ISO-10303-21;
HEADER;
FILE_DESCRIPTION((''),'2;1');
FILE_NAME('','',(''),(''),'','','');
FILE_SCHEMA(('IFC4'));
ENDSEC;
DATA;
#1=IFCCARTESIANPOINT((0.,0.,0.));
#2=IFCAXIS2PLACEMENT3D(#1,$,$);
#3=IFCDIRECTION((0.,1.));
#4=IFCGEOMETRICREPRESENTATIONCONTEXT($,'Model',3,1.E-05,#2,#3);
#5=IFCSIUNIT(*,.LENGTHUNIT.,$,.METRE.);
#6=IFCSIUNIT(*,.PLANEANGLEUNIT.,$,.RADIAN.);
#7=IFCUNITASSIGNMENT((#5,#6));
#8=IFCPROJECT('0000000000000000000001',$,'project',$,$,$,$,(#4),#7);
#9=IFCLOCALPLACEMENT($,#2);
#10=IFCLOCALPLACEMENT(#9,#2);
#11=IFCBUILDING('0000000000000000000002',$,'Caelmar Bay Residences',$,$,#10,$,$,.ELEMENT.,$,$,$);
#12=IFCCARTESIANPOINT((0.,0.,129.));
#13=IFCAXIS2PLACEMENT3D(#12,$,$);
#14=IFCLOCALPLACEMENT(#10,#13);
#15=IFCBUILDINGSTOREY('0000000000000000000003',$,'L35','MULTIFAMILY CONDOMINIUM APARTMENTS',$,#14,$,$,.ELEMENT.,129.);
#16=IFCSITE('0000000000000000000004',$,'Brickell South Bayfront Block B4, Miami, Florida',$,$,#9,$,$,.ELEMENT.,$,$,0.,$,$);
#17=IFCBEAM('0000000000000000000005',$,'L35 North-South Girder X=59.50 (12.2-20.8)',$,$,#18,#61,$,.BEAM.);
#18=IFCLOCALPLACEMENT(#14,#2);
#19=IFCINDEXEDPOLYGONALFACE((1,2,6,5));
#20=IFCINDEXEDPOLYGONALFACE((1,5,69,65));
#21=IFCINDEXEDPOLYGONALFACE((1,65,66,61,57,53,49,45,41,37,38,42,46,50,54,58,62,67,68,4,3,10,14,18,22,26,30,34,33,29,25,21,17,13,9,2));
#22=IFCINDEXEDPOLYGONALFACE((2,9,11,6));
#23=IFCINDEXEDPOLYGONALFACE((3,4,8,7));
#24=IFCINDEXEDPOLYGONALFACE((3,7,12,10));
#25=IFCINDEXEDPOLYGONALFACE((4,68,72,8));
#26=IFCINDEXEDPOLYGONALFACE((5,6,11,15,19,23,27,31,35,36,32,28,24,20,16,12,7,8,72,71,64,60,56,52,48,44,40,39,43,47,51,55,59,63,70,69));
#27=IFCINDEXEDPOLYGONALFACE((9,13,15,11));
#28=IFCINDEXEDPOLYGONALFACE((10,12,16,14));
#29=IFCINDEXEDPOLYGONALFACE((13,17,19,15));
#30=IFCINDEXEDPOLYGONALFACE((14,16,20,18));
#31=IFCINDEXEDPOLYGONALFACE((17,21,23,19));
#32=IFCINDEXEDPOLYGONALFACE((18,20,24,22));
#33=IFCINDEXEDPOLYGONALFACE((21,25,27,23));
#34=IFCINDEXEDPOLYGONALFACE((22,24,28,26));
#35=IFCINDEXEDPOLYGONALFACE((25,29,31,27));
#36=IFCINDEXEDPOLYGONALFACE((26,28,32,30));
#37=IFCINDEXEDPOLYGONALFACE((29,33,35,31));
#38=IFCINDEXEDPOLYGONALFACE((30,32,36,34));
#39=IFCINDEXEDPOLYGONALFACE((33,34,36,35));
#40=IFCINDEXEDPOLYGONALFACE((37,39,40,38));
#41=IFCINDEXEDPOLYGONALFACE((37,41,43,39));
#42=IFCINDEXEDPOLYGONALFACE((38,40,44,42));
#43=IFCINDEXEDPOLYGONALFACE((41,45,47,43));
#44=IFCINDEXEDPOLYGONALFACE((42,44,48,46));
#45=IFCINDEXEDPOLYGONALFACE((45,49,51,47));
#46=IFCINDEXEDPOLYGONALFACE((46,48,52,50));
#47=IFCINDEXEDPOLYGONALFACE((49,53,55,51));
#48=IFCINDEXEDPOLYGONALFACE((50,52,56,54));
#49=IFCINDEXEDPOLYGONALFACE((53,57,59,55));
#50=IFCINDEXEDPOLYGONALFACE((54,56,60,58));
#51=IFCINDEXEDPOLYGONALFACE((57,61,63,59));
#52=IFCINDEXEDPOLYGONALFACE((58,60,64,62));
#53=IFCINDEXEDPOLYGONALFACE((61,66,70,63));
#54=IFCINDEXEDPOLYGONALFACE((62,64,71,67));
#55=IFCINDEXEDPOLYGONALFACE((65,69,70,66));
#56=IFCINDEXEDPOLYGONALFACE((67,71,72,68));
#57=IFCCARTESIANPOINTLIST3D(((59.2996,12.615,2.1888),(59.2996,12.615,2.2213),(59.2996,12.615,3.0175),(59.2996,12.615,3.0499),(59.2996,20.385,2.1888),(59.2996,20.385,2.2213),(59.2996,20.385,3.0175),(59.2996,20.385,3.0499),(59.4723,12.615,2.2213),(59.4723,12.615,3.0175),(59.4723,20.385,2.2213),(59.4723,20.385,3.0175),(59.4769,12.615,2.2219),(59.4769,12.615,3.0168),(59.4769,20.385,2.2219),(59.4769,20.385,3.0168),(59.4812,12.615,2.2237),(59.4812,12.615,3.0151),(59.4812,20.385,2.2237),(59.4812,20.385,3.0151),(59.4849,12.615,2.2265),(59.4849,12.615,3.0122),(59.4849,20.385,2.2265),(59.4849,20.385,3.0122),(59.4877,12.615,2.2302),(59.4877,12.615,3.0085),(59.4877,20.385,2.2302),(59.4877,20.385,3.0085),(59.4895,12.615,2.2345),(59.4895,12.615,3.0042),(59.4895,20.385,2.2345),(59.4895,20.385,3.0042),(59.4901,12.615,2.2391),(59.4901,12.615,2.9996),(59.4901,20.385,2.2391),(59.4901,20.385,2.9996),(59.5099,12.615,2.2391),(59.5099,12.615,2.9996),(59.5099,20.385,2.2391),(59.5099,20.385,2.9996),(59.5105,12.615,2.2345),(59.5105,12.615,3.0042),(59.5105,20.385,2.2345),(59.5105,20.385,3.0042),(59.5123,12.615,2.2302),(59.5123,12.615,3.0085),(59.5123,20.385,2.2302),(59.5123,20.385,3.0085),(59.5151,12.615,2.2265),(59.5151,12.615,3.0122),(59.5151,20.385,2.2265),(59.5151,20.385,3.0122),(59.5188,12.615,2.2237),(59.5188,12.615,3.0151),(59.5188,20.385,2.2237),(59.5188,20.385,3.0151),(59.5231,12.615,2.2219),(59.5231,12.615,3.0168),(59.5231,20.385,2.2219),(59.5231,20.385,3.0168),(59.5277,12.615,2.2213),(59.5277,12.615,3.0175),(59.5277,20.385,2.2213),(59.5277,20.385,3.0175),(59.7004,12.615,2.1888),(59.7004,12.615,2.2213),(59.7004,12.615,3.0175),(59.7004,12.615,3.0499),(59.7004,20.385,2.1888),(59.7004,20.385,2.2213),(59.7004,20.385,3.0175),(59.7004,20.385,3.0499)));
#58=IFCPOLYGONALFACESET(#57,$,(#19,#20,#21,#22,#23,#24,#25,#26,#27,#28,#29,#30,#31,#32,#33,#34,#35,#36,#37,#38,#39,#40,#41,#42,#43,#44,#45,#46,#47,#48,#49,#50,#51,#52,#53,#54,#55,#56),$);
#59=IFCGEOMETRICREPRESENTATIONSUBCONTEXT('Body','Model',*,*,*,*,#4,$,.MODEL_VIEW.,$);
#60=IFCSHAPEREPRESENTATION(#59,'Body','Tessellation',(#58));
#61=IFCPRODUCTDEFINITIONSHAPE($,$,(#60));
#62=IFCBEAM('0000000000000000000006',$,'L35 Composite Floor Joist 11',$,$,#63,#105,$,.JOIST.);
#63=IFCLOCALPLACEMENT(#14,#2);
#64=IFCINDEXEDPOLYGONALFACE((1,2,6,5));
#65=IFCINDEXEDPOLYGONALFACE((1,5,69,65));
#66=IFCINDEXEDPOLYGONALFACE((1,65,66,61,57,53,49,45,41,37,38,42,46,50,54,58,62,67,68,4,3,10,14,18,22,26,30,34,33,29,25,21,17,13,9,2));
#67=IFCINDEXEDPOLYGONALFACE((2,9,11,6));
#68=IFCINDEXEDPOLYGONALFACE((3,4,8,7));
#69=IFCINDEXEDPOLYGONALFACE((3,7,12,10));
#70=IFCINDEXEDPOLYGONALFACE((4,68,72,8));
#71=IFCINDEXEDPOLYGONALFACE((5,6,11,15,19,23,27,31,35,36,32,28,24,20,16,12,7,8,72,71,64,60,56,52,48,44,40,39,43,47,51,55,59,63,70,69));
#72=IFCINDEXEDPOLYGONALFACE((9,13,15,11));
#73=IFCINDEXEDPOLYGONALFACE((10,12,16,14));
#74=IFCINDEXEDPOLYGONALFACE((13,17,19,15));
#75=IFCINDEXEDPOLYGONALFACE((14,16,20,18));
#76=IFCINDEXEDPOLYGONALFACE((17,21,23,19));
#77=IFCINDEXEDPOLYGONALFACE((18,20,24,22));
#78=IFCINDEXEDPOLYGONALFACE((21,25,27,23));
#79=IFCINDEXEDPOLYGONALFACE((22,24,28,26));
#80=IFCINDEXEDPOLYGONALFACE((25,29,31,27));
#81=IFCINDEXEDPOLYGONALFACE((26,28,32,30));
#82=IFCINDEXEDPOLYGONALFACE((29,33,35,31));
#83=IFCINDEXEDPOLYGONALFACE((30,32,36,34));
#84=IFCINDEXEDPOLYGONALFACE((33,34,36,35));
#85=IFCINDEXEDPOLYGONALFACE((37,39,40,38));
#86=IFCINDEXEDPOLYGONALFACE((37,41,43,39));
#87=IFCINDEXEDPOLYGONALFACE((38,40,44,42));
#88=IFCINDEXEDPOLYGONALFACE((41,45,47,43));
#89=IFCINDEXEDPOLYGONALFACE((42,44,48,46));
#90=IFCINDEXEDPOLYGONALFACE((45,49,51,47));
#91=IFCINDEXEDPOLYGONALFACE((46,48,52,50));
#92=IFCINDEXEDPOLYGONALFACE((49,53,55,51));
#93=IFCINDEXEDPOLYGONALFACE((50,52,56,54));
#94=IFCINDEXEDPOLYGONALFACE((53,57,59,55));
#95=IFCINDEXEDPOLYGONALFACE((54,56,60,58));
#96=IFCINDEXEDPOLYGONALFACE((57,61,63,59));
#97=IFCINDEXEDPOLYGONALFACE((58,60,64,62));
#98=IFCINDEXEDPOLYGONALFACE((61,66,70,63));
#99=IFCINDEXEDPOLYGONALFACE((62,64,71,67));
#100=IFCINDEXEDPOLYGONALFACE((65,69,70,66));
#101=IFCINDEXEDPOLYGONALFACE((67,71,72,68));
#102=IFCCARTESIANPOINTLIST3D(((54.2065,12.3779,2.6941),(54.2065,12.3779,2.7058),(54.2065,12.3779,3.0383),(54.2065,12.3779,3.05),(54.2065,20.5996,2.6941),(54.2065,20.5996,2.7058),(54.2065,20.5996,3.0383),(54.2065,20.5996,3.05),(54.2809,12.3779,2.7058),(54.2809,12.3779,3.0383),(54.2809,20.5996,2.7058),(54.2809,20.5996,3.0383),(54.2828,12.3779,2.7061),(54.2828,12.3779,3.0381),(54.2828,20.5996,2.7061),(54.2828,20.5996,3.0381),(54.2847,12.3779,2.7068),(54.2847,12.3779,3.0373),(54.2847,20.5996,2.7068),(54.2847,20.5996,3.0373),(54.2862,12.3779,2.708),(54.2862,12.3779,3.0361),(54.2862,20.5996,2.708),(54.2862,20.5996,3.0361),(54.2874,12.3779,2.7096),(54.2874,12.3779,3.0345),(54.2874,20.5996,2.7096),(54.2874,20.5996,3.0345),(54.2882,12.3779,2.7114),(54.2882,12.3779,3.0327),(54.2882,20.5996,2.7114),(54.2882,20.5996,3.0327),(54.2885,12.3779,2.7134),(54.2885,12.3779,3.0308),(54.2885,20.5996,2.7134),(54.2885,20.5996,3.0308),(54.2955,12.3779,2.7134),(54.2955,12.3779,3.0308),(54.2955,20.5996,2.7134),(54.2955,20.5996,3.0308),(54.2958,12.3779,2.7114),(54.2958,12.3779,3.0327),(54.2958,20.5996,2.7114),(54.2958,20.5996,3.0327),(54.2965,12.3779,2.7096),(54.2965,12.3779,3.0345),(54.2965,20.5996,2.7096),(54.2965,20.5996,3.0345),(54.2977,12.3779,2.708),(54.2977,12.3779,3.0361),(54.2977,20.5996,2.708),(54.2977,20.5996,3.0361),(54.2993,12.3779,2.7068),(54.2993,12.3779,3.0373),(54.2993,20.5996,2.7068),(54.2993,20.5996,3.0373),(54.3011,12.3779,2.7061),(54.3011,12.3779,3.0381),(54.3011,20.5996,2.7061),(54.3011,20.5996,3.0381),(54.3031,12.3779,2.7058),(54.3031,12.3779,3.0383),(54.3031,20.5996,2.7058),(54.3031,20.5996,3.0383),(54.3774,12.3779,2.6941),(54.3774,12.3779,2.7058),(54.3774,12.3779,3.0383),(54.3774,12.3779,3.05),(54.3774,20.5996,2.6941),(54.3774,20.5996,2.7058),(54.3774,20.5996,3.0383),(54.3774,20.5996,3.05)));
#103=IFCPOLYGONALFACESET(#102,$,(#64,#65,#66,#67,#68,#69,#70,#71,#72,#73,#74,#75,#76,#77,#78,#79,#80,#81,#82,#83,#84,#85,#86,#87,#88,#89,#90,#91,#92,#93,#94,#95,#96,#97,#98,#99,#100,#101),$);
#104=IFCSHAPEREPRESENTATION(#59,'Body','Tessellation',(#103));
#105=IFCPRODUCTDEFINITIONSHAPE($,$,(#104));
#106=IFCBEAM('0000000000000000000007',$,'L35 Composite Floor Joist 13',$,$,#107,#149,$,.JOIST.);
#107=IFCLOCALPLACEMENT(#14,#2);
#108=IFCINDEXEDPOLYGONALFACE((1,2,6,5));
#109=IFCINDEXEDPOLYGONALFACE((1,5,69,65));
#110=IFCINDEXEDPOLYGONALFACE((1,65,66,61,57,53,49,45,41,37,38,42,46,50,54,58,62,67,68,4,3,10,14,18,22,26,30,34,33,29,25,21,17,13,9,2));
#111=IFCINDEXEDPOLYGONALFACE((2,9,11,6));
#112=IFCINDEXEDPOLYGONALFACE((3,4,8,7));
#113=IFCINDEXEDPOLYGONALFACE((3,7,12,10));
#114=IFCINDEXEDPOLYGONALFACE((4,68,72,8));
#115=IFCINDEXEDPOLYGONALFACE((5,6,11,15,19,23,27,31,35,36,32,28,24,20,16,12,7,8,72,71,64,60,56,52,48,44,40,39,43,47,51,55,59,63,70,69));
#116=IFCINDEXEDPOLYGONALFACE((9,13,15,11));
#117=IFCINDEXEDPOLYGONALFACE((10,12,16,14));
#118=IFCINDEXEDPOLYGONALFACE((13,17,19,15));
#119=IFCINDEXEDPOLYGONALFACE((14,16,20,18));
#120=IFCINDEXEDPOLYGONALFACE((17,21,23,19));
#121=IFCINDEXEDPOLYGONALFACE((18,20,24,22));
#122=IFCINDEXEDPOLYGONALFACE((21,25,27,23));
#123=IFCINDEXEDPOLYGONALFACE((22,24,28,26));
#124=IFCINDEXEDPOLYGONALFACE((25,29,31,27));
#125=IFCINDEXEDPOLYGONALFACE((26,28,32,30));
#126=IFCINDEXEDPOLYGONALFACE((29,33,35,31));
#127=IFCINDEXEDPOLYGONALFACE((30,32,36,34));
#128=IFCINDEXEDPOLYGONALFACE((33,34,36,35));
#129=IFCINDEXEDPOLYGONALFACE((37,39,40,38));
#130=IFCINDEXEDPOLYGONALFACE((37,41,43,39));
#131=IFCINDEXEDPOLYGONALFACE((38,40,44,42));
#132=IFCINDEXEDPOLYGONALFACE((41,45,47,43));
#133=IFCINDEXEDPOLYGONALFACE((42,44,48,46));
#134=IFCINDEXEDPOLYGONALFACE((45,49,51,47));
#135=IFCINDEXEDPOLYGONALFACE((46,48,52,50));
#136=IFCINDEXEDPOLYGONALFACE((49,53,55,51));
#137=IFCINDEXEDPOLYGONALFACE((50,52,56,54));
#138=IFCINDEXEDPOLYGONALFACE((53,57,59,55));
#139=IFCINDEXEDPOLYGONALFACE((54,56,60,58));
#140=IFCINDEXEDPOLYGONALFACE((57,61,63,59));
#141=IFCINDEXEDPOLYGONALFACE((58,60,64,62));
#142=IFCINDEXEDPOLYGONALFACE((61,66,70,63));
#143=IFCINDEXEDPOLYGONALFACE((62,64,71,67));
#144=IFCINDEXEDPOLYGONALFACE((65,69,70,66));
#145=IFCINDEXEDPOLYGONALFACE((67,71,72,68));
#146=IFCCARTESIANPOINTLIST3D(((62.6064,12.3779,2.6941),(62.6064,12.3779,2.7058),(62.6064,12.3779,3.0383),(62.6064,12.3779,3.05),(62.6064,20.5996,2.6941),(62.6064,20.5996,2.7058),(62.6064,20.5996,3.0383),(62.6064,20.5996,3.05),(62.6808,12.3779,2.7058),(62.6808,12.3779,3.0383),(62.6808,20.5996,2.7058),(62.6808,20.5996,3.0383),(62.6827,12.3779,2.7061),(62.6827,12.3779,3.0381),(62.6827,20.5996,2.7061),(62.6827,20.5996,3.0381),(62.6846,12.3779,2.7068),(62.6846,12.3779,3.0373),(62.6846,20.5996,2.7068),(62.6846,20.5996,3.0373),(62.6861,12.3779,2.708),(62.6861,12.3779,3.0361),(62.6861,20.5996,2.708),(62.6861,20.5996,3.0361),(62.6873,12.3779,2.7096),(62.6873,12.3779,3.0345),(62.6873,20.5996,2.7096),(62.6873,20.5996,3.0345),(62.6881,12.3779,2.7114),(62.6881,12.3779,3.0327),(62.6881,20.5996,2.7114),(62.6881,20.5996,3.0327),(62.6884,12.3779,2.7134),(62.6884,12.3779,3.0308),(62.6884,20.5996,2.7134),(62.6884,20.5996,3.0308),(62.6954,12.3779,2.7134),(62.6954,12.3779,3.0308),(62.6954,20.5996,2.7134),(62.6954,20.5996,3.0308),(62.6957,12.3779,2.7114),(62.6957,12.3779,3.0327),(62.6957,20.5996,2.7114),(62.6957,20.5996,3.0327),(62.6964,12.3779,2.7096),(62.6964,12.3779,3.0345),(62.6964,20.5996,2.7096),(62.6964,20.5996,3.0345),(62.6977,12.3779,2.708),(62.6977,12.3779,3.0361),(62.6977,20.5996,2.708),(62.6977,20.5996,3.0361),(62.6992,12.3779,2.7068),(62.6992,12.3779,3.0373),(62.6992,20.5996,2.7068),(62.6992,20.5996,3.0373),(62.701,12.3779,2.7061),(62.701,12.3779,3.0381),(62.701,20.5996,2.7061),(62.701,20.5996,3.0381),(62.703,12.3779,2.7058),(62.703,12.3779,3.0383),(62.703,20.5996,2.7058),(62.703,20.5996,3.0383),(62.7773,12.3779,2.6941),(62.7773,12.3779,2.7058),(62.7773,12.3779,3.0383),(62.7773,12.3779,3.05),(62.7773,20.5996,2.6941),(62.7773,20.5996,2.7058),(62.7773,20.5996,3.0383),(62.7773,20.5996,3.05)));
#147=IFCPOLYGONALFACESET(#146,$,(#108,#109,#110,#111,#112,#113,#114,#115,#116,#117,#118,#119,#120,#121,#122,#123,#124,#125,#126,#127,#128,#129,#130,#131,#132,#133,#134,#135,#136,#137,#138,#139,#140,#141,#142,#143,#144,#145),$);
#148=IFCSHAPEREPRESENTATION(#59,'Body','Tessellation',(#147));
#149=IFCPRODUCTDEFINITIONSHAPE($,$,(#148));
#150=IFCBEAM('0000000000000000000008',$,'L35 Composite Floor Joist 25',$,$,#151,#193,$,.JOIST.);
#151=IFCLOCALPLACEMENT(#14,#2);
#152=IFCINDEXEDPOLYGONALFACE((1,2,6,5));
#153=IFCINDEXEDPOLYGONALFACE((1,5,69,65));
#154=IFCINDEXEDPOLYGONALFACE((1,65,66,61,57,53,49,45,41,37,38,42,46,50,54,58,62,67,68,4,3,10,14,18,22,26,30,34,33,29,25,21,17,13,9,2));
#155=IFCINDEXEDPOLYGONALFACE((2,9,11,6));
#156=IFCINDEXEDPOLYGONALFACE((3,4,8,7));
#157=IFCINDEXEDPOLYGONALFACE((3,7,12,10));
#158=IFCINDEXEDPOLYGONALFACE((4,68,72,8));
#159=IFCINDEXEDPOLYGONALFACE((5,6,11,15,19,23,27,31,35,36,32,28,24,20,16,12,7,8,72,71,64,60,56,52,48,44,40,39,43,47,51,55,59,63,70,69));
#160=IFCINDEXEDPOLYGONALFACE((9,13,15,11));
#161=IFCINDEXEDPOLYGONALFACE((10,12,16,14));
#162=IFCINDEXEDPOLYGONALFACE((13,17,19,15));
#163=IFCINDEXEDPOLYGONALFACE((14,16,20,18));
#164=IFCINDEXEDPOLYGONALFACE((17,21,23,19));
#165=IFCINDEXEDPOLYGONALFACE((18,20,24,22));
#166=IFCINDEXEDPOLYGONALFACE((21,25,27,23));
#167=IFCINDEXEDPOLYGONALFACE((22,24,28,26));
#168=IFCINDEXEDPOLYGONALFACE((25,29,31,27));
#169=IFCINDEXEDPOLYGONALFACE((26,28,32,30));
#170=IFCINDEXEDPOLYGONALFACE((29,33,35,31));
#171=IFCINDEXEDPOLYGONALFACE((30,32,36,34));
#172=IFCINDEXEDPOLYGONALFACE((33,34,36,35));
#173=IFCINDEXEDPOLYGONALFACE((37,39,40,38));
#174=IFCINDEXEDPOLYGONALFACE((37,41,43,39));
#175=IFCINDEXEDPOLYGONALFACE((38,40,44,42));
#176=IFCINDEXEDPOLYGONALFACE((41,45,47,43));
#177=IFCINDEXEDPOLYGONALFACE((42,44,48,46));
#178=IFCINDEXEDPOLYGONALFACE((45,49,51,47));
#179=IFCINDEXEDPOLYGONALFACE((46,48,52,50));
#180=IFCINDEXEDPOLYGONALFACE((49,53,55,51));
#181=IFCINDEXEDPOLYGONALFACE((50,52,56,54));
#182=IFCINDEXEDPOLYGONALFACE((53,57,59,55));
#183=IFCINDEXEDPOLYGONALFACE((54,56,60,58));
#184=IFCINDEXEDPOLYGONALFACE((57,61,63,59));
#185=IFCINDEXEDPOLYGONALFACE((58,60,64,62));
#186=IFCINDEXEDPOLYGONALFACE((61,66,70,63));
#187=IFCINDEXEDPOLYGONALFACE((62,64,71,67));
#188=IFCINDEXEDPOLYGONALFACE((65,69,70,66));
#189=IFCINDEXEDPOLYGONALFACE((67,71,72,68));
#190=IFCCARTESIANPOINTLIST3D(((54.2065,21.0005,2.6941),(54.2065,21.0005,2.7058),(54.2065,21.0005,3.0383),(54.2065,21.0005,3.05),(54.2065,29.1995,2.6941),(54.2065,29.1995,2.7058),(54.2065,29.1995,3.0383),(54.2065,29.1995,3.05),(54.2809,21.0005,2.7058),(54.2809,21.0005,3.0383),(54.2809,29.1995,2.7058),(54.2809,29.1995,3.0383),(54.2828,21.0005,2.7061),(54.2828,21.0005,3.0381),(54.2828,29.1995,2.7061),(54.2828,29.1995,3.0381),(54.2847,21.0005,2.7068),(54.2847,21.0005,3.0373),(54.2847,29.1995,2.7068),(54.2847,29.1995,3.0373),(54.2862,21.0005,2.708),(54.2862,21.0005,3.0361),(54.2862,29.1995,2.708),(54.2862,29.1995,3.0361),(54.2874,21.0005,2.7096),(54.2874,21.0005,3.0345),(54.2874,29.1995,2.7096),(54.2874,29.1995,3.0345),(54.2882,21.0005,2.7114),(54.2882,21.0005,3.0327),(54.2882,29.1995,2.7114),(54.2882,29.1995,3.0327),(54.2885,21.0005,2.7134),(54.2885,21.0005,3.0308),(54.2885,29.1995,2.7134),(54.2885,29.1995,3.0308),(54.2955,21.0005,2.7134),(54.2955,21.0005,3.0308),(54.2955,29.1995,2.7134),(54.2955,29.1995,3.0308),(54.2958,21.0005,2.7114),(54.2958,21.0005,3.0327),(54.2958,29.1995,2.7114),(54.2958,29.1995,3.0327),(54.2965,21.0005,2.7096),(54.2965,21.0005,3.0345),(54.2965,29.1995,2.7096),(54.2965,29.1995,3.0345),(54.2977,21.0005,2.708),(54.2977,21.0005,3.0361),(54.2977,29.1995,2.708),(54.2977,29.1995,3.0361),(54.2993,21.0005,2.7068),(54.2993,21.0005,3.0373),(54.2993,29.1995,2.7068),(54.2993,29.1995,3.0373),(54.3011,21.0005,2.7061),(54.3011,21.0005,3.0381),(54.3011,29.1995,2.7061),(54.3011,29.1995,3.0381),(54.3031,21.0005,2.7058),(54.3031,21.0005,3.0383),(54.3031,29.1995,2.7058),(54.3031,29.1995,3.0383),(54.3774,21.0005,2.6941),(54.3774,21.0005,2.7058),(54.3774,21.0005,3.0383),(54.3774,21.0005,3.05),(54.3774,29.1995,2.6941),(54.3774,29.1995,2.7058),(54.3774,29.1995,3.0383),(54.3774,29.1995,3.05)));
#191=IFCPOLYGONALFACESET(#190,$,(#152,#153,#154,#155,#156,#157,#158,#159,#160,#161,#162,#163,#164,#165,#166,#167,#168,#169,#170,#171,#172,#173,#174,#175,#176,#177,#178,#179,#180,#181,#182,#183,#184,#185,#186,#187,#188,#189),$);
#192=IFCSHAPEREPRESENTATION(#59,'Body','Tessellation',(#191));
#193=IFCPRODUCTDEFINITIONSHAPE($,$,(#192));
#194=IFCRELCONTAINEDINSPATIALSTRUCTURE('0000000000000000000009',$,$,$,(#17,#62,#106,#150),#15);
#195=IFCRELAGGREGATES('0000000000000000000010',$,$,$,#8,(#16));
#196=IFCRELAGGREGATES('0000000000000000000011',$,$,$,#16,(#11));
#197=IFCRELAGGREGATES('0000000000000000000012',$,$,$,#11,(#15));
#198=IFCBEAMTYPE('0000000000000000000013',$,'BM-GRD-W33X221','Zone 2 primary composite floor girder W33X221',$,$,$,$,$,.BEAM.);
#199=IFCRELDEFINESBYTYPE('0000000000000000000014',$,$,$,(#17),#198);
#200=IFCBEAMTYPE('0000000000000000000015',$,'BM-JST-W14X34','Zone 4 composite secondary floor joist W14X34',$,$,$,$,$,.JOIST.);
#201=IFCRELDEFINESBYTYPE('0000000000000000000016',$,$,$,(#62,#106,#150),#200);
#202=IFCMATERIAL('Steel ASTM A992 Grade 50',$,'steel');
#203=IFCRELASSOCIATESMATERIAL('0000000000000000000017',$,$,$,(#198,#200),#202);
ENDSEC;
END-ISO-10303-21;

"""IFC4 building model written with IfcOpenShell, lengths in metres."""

from ifc_helpers import new_model, si_unit, direction, frame, origin, origin_2d, place, context, subcontext, project, spatial, i_section, extrude, material, material_profile, profile_set, type_object, element, save


model = new_model("IFC4")

# Units and contexts
model_context = context("Model", 3, precision=1e-05, world=origin(), true_north=direction((0.0, 1.0)))
body_context = subcontext(model_context, "Body", "Model", "MODEL_VIEW")
ifc_project = project(units=[si_unit("LENGTHUNIT", "METRE"), si_unit("PLANEANGLEUNIT", "RADIAN")], contexts=[model_context])

# Site, building, storey
site_placement = place(None, origin())
site = spatial("IfcSite", under=ifc_project, at=site_placement, Name="Brickell South Bayfront Block B4, Miami, Florida", CompositionType="ELEMENT", RefElevation=0.0)
building_placement = place(site_placement, origin())
building = spatial("IfcBuilding", under=site, at=building_placement, Name="Caelmar Bay Residences", CompositionType="ELEMENT")
storey_placement = place(building_placement, frame((0.0, 0.0, 129.0)))
storey = spatial("IfcBuildingStorey", under=building, at=storey_placement, Name="L35", Description="MULTIFAMILY CONDOMINIUM APARTMENTS", CompositionType="ELEMENT", Elevation=129.0)

# Beams
ifc_material_1 = material(Name="Steel ASTM A992 Grade 50", Category="steel")
ifc_material_profile_1 = material_profile(ifc_material_1, i_section(OverallWidth=0.4009, OverallDepth=0.8611, WebThickness=0.0198, FlangeThickness=0.0325, FilletRadius=0.0178, at=origin_2d()), Name="W33X221")
ifc_profile_set_1 = profile_set([ifc_material_profile_1], Name="Steel ASTM A992 Grade 50")
beam_type_1 = type_object("IfcBeamType", Name="BM-GRD-W33X221", Description="Zone 2 primary composite floor girder W33X221", PredefinedType="BEAM", material=ifc_profile_set_1)
for number, where, z_axis, x_axis, name in (
    (1, (59.5, 12.615, 2.6194), (0.0, 1.0, 0.0), (-1.0, 0.0, 0.0), "L35 North-South Girder X=59.50 (12.2-20.8)"),
):
    element("IfcBeam", number, at=place(storey_placement, frame(where, z_axis=z_axis, x_axis=x_axis)), inside=storey, type_object=beam_type_1, Name=name, PredefinedType="BEAM", context=body_context, shape_type="SweptSolid", body=[
        extrude(i_section(OverallWidth=0.4009, OverallDepth=0.8611, WebThickness=0.0198, FlangeThickness=0.0325, FilletRadius=0.0178, at=origin_2d()), origin(), (0.0, 0.0, 1.0), 7.77),
    ])
ifc_material_profile_2 = material_profile(ifc_material_1, i_section(OverallWidth=0.1709, OverallDepth=0.356, WebThickness=0.0071, FlangeThickness=0.0117, FilletRadius=0.0076, at=origin_2d()), Name="W14X34")
ifc_profile_set_2 = profile_set([ifc_material_profile_2], Name="Steel ASTM A992 Grade 50")
beam_type_2 = type_object("IfcBeamType", Name="BM-JST-W14X34", Description="Zone 4 composite secondary floor joist W14X34", PredefinedType="JOIST", material=ifc_profile_set_2)
for number, where, z_axis, x_axis, name in (
    (2, (54.292, 12.3779, 2.8721), (0.0, 1.0, 0.0), (-1.0, 0.0, 0.0), "L35 Composite Floor Joist 11"),
    (3, (62.6919, 12.3779, 2.8721), (0.0, 1.0, 0.0), (-1.0, 0.0, 0.0), "L35 Composite Floor Joist 13"),
):
    element("IfcBeam", number, at=place(storey_placement, frame(where, z_axis=z_axis, x_axis=x_axis)), inside=storey, type_object=beam_type_2, Name=name, PredefinedType="JOIST", context=body_context, shape_type="SweptSolid", body=[
        extrude(i_section(OverallWidth=0.1709, OverallDepth=0.356, WebThickness=0.0071, FlangeThickness=0.0117, FilletRadius=0.0076, at=origin_2d()), origin(), (0.0, 0.0, 1.0), 8.2217),
    ])
for number, where, z_axis, x_axis, name in (
    (4, (54.292, 21.0005, 2.8721), (0.0, 1.0, 0.0), (-1.0, 0.0, 0.0), "L35 Composite Floor Joist 25"),
):
    element("IfcBeam", number, at=place(storey_placement, frame(where, z_axis=z_axis, x_axis=x_axis)), inside=storey, type_object=beam_type_2, Name=name, PredefinedType="JOIST", context=body_context, shape_type="SweptSolid", body=[
        extrude(i_section(OverallWidth=0.1709, OverallDepth=0.356, WebThickness=0.0071, FlangeThickness=0.0117, FilletRadius=0.0076, at=origin_2d()), origin(), (0.0, 0.0, 1.0), 8.199),
    ])

save(model, "model.ifc")
